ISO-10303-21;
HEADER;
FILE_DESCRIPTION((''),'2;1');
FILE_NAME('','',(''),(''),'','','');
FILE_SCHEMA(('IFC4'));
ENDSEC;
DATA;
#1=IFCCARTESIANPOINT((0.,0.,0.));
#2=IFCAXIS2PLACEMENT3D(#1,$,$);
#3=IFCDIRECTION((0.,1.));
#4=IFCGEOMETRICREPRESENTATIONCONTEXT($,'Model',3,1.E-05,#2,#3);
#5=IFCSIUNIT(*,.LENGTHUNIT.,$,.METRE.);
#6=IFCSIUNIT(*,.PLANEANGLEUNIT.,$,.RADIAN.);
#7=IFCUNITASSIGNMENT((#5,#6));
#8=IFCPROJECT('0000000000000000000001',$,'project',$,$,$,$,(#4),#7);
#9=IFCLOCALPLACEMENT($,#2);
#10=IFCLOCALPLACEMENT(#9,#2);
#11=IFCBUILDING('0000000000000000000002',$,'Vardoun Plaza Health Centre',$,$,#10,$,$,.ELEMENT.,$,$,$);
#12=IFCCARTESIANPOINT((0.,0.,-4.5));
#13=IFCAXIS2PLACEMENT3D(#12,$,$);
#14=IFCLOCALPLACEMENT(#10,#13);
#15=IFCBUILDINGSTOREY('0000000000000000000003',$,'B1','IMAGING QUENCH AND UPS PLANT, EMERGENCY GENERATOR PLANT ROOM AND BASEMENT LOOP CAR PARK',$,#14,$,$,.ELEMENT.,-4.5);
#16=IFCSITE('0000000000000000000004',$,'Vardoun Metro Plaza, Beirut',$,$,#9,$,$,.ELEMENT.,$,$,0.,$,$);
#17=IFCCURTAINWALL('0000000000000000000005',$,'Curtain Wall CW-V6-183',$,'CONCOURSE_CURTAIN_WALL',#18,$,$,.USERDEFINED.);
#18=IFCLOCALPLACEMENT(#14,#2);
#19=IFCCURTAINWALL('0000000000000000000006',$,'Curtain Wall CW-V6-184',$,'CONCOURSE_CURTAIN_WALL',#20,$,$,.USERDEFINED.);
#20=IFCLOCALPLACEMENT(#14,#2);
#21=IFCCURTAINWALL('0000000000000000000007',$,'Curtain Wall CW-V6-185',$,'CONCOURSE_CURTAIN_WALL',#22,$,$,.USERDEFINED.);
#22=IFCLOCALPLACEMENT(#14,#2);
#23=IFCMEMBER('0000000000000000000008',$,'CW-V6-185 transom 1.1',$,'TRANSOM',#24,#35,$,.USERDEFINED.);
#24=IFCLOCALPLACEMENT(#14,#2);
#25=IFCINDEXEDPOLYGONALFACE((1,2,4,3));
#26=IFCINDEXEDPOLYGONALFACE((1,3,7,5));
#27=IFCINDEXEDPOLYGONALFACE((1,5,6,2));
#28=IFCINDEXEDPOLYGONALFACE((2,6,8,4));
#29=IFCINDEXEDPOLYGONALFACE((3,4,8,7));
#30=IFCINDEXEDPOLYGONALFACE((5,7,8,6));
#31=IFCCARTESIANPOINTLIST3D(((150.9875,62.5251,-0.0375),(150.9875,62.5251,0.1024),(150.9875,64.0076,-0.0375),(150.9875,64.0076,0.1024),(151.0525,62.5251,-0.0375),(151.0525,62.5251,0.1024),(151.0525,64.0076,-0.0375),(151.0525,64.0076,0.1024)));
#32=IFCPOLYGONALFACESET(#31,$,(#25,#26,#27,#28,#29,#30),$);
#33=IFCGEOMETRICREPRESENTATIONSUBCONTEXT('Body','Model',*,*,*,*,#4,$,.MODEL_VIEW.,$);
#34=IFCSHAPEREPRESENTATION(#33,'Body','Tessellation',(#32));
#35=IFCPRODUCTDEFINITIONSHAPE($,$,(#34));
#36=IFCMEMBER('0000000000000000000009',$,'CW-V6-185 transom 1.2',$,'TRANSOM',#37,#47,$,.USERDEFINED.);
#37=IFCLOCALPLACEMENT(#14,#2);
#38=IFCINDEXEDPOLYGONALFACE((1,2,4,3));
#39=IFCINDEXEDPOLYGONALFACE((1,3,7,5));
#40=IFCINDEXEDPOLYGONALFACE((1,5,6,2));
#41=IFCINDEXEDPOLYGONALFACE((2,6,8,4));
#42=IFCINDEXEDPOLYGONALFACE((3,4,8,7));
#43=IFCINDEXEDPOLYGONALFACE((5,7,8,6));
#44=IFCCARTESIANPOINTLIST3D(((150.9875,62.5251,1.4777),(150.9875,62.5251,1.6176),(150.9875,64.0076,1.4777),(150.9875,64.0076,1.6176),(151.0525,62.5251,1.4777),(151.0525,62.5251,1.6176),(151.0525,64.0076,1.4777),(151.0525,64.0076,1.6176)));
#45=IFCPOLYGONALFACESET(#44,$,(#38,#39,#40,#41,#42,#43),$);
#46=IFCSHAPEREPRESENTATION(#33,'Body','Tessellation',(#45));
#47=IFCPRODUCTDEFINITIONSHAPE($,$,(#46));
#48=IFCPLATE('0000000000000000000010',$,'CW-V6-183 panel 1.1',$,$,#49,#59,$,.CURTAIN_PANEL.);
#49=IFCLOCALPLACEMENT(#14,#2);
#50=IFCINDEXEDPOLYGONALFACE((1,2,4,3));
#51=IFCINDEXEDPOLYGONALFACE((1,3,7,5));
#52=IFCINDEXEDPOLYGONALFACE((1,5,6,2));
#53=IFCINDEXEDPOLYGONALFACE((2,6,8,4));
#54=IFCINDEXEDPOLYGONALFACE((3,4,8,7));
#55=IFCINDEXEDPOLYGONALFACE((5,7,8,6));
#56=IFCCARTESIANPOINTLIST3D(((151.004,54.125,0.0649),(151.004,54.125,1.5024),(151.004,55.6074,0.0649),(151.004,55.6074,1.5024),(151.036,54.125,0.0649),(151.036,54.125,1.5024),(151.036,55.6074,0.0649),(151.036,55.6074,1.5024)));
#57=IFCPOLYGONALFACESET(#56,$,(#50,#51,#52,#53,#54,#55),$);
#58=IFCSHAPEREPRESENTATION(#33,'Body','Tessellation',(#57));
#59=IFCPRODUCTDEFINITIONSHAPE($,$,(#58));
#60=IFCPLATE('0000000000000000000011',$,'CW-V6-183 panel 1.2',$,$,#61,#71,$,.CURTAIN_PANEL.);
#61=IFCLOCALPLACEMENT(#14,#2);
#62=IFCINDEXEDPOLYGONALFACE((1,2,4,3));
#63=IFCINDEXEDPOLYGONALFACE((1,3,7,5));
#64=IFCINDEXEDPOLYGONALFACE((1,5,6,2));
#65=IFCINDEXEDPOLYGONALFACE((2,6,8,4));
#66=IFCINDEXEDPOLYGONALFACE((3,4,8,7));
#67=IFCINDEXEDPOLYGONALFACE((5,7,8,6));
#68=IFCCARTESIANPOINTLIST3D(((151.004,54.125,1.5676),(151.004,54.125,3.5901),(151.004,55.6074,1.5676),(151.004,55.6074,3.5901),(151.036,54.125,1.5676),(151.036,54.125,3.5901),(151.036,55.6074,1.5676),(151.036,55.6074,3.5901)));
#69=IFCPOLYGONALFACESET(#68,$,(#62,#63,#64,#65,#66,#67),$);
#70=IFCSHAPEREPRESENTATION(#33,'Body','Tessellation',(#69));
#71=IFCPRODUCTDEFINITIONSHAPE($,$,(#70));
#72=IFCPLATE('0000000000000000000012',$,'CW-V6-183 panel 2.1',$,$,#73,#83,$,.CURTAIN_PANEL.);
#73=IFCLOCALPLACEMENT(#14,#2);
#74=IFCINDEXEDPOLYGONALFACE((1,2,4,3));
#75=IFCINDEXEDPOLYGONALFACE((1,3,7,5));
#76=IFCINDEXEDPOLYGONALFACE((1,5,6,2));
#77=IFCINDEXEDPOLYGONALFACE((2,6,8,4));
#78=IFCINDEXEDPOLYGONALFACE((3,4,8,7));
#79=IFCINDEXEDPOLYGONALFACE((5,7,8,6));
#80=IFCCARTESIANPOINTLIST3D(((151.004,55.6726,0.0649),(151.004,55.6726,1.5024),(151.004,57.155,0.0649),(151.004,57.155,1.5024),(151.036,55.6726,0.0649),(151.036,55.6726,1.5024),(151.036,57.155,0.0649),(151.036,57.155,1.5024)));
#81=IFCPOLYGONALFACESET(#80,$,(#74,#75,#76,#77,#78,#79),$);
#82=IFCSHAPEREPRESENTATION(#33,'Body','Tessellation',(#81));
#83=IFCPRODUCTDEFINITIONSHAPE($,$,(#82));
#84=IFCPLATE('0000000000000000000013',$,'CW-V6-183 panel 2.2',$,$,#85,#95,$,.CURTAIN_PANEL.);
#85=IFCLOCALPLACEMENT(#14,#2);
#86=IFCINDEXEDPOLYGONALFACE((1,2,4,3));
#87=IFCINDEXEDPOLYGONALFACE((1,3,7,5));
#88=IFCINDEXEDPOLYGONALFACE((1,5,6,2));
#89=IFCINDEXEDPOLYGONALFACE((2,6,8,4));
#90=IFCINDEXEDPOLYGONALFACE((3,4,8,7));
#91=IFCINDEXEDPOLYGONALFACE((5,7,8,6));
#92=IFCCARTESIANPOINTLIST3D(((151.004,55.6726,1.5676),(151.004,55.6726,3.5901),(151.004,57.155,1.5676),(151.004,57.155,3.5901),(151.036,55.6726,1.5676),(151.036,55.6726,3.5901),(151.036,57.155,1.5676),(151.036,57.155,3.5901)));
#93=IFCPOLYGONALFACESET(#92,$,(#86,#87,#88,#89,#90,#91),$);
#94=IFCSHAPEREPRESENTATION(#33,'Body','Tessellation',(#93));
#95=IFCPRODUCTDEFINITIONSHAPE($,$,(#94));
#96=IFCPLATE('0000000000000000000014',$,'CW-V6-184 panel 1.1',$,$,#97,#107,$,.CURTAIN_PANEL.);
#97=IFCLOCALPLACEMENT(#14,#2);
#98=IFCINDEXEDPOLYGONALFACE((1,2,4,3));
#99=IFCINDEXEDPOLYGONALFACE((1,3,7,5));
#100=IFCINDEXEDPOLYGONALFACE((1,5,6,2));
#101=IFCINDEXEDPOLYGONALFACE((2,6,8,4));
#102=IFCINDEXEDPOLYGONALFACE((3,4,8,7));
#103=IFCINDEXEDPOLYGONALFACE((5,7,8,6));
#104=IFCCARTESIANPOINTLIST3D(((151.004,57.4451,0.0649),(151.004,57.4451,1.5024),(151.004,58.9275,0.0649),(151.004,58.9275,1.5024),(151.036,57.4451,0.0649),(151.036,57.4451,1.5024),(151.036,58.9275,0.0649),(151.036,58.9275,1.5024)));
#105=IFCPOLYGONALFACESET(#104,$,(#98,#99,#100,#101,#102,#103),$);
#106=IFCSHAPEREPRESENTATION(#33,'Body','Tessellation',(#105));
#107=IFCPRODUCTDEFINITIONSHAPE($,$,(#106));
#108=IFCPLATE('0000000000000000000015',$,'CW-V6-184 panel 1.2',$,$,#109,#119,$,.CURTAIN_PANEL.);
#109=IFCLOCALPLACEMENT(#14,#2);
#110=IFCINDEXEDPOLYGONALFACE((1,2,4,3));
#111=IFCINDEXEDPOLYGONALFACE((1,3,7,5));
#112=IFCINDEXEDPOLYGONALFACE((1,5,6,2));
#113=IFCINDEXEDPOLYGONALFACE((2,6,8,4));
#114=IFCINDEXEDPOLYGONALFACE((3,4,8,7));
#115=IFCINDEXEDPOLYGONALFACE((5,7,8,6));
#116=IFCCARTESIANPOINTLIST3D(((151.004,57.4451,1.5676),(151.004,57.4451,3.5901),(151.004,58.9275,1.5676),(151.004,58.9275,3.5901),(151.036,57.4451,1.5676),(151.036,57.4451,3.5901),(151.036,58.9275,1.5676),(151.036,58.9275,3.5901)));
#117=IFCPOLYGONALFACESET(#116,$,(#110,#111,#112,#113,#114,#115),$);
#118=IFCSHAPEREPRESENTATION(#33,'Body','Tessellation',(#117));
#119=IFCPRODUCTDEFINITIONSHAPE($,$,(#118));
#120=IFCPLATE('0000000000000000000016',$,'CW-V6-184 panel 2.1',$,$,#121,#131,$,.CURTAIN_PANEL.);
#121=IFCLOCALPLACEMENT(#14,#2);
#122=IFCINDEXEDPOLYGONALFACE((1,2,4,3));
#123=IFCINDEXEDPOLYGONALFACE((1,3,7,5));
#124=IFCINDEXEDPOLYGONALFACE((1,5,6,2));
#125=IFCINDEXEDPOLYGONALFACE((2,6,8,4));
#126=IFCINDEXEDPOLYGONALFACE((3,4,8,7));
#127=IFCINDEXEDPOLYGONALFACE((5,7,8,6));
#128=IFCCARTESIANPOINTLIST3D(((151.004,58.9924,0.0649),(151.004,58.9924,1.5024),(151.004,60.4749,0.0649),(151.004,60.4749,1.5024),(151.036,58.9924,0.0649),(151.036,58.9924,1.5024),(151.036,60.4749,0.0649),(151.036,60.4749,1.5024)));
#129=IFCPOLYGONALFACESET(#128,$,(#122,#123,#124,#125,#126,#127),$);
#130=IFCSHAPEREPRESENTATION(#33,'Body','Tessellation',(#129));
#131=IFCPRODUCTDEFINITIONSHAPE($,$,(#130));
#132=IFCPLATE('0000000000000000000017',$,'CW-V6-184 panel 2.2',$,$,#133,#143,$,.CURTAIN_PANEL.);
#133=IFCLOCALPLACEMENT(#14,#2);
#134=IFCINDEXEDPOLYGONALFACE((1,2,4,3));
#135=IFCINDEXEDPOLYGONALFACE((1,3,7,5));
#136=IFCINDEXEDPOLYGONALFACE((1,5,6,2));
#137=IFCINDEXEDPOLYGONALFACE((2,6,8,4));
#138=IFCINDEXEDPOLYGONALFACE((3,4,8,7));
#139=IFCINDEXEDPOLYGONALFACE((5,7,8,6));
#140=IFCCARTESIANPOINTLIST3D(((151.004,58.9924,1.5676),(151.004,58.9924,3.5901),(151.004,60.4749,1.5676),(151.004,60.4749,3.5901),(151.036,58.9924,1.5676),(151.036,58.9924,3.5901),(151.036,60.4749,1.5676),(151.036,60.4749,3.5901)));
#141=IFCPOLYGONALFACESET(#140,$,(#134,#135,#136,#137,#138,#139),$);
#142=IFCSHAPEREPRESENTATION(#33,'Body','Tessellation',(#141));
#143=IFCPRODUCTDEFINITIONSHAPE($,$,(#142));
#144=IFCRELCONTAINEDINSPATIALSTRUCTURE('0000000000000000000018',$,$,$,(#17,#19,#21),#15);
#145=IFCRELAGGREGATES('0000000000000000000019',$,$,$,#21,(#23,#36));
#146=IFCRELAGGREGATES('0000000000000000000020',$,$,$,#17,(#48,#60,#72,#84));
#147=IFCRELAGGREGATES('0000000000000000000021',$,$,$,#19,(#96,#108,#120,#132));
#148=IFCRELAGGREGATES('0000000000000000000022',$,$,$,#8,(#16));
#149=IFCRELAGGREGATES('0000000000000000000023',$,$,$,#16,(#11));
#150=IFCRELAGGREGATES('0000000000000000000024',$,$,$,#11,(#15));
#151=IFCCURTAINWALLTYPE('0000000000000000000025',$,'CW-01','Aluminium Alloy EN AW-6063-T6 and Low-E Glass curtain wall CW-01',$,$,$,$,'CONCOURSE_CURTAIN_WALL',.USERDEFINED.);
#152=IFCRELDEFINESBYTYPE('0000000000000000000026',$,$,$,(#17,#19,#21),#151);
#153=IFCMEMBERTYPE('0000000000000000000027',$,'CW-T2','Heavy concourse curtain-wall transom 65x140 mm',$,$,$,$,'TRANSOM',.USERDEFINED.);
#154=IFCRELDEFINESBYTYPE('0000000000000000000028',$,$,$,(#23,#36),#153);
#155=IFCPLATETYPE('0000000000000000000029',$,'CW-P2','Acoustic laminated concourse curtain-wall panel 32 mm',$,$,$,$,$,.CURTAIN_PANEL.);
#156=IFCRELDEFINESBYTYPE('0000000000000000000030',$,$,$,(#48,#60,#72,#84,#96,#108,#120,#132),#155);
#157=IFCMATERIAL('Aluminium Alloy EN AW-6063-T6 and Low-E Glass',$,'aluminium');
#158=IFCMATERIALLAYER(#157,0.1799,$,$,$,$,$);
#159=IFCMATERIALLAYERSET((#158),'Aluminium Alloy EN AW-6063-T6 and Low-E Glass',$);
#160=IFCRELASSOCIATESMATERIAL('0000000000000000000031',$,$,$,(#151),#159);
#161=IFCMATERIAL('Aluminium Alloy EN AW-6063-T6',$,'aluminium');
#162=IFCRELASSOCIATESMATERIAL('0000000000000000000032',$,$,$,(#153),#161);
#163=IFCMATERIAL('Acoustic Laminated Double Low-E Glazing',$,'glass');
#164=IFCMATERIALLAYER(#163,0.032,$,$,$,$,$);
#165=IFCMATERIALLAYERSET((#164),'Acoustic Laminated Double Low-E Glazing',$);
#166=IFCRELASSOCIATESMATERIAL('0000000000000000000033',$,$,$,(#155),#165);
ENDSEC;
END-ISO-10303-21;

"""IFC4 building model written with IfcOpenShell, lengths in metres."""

from ifc_helpers import new_model, si_unit, direction, frame, origin, origin_2d, place, context, subcontext, project, spatial, rectangle, extrude, material, layer, layer_set, material_profile, profile_set, type_object, element, aggregate, save


model = new_model("IFC4")

# Units and contexts
model_context = context("Model", 3, precision=1e-05, world=origin(), true_north=direction((0.0, 1.0)))
body_context = subcontext(model_context, "Body", "Model", "MODEL_VIEW")
ifc_project = project(units=[si_unit("LENGTHUNIT", "METRE"), si_unit("PLANEANGLEUNIT", "RADIAN")], contexts=[model_context])

# Site, building, storey
site_placement = place(None, origin())
site = spatial("IfcSite", under=ifc_project, at=site_placement, Name="Vardoun Metro Plaza, Beirut", CompositionType="ELEMENT", RefElevation=0.0)
building_placement = place(site_placement, origin())
building = spatial("IfcBuilding", under=site, at=building_placement, Name="Vardoun Plaza Health Centre", CompositionType="ELEMENT")
storey_placement = place(building_placement, frame((0.0, 0.0, -4.5)))
storey = spatial("IfcBuildingStorey", under=building, at=storey_placement, Name="B1", Description="IMAGING QUENCH AND UPS PLANT, EMERGENCY GENERATOR PLANT ROOM AND BASEMENT LOOP CAR PARK", CompositionType="ELEMENT", Elevation=-4.5)

# Curtain walls
ifc_material_1 = material(Name="Aluminium Alloy EN AW-6063-T6 and Low-E Glass", Category="aluminium")
ifc_layer_1 = layer(ifc_material_1, 0.1799)
ifc_layer_set_1 = layer_set([ifc_layer_1], Name="Aluminium Alloy EN AW-6063-T6 and Low-E Glass")
curtain_wall_type = type_object("IfcCurtainWallType", Name="CW-01", Description="Aluminium Alloy EN AW-6063-T6 and Low-E Glass curtain wall CW-01", ElementType="CONCOURSE_CURTAIN_WALL", PredefinedType="USERDEFINED", material=ifc_layer_set_1)
curtain_wall_1_placement = place(storey_placement, origin())
curtain_wall_1 = element("IfcCurtainWall", 1, at=curtain_wall_1_placement, inside=storey, type_object=curtain_wall_type, Name="Curtain Wall CW-V6-183", ObjectType="CONCOURSE_CURTAIN_WALL", PredefinedType="USERDEFINED")
curtain_wall_2_placement = place(storey_placement, origin())
curtain_wall_2 = element("IfcCurtainWall", 2, at=curtain_wall_2_placement, inside=storey, type_object=curtain_wall_type, Name="Curtain Wall CW-V6-184", ObjectType="CONCOURSE_CURTAIN_WALL", PredefinedType="USERDEFINED")

# Curtain wall
curtain_wall_3_placement = place(storey_placement, origin())
curtain_wall_3 = element("IfcCurtainWall", 3, at=curtain_wall_3_placement, inside=storey, type_object=curtain_wall_type, Name="Curtain Wall CW-V6-185", ObjectType="CONCOURSE_CURTAIN_WALL", PredefinedType="USERDEFINED")

# Members
ifc_material_2 = material(Name="Aluminium Alloy EN AW-6063-T6", Category="aluminium")
ifc_material_profile_1 = material_profile(ifc_material_2, rectangle(XDim=0.0649, YDim=0.1399, at=origin_2d()), Name="CWT 65x140")
ifc_profile_set_1 = profile_set([ifc_material_profile_1], Name="Aluminium Alloy EN AW-6063-T6")
member_type_1 = type_object("IfcMemberType", Name="CW-T2", Description="Heavy concourse curtain-wall transom 65x140 mm", ElementType="TRANSOM", PredefinedType="USERDEFINED", material=ifc_profile_set_1)
member_1_placement = place(storey_placement, frame((151.02, 62.5251, 0.0325), z_axis=(0.0, 1.0, 0.0), x_axis=(-1.0, 0.0, 0.0)))
member_1 = element("IfcMember", 4, at=member_1_placement, type_object=member_type_1, Name="CW-V6-185 transom 1.1", ObjectType="TRANSOM", PredefinedType="USERDEFINED", context=body_context, shape_type="SweptSolid", body=[
    extrude(rectangle(XDim=0.0649, YDim=0.1399, at=origin_2d()), origin(), (0.0, 0.0, 1.0), 1.4824),
])
member_2_placement = place(storey_placement, frame((151.02, 62.5251, 1.5476), z_axis=(0.0, 1.0, 0.0), x_axis=(-1.0, 0.0, 0.0)))
member_2 = element("IfcMember", 5, at=member_2_placement, type_object=member_type_1, Name="CW-V6-185 transom 1.2", ObjectType="TRANSOM", PredefinedType="USERDEFINED", context=body_context, shape_type="SweptSolid", body=[
    extrude(rectangle(XDim=0.0649, YDim=0.1399, at=origin_2d()), origin(), (0.0, 0.0, 1.0), 1.4824),
])
aggregate(curtain_wall_3, [member_1, member_2])

# Plates
ifc_material_3 = material(Name="Acoustic Laminated Double Low-E Glazing", Category="glass")
ifc_layer_2 = layer(ifc_material_3, 0.032)
ifc_layer_set_2 = layer_set([ifc_layer_2], Name="Acoustic Laminated Double Low-E Glazing")
plate_type = type_object("IfcPlateType", Name="CW-P2", Description="Acoustic laminated concourse curtain-wall panel 32 mm", PredefinedType="CURTAIN_PANEL", material=ifc_layer_set_2)
plate_1_placement = place(storey_placement, frame((151.02, 54.8662, 0.0649), z_axis=(0.0, 0.0, 1.0), x_axis=(0.0, 1.0, 0.0)))
plate_1 = element("IfcPlate", 6, at=plate_1_placement, type_object=plate_type, Name="CW-V6-183 panel 1.1", PredefinedType="CURTAIN_PANEL", context=body_context, shape_type="SweptSolid", body=[
    extrude(rectangle(XDim=1.4824, YDim=0.032, at=origin_2d()), origin(), (0.0, 0.0, 1.0), 1.4375),
])
plate_2_placement = place(storey_placement, frame((151.02, 54.8662, 1.5676), z_axis=(0.0, 0.0, 1.0), x_axis=(0.0, 1.0, 0.0)))
plate_2 = element("IfcPlate", 7, at=plate_2_placement, type_object=plate_type, Name="CW-V6-183 panel 1.2", PredefinedType="CURTAIN_PANEL", context=body_context, shape_type="SweptSolid", body=[
    extrude(rectangle(XDim=1.4824, YDim=0.032, at=origin_2d()), origin(), (0.0, 0.0, 1.0), 2.0225),
])
plate_3_placement = place(storey_placement, frame((151.02, 56.4138, 0.0649), z_axis=(0.0, 0.0, 1.0), x_axis=(0.0, 1.0, 0.0)))
plate_3 = element("IfcPlate", 8, at=plate_3_placement, type_object=plate_type, Name="CW-V6-183 panel 2.1", PredefinedType="CURTAIN_PANEL", context=body_context, shape_type="SweptSolid", body=[
    extrude(rectangle(XDim=1.4824, YDim=0.032, at=origin_2d()), origin(), (0.0, 0.0, 1.0), 1.4375),
])
plate_4_placement = place(storey_placement, frame((151.02, 56.4138, 1.5676), z_axis=(0.0, 0.0, 1.0), x_axis=(0.0, 1.0, 0.0)))
plate_4 = element("IfcPlate", 9, at=plate_4_placement, type_object=plate_type, Name="CW-V6-183 panel 2.2", PredefinedType="CURTAIN_PANEL", context=body_context, shape_type="SweptSolid", body=[
    extrude(rectangle(XDim=1.4824, YDim=0.032, at=origin_2d()), origin(), (0.0, 0.0, 1.0), 2.0225),
])
aggregate(curtain_wall_1, [plate_1, plate_2, plate_3, plate_4])
plate_5_placement = place(storey_placement, frame((151.02, 58.1863, 0.0649), z_axis=(0.0, 0.0, 1.0), x_axis=(0.0, 1.0, 0.0)))
plate_5 = element("IfcPlate", 10, at=plate_5_placement, type_object=plate_type, Name="CW-V6-184 panel 1.1", PredefinedType="CURTAIN_PANEL", context=body_context, shape_type="SweptSolid", body=[
    extrude(rectangle(XDim=1.4824, YDim=0.032, at=origin_2d()), origin(), (0.0, 0.0, 1.0), 1.4375),
])
plate_6_placement = place(storey_placement, frame((151.02, 58.1863, 1.5676), z_axis=(0.0, 0.0, 1.0), x_axis=(0.0, 1.0, 0.0)))
plate_6 = element("IfcPlate", 11, at=plate_6_placement, type_object=plate_type, Name="CW-V6-184 panel 1.2", PredefinedType="CURTAIN_PANEL", context=body_context, shape_type="SweptSolid", body=[
    extrude(rectangle(XDim=1.4824, YDim=0.032, at=origin_2d()), origin(), (0.0, 0.0, 1.0), 2.0225),
])
plate_7_placement = place(storey_placement, frame((151.02, 59.7336, 0.0649), z_axis=(0.0, 0.0, 1.0), x_axis=(0.0, 1.0, 0.0)))
plate_7 = element("IfcPlate", 12, at=plate_7_placement, type_object=plate_type, Name="CW-V6-184 panel 2.1", PredefinedType="CURTAIN_PANEL", context=body_context, shape_type="SweptSolid", body=[
    extrude(rectangle(XDim=1.4824, YDim=0.032, at=origin_2d()), origin(), (0.0, 0.0, 1.0), 1.4375),
])
plate_8_placement = place(storey_placement, frame((151.02, 59.7336, 1.5676), z_axis=(0.0, 0.0, 1.0), x_axis=(0.0, 1.0, 0.0)))
plate_8 = element("IfcPlate", 13, at=plate_8_placement, type_object=plate_type, Name="CW-V6-184 panel 2.2", PredefinedType="CURTAIN_PANEL", context=body_context, shape_type="SweptSolid", body=[
    extrude(rectangle(XDim=1.4824, YDim=0.032, at=origin_2d()), origin(), (0.0, 0.0, 1.0), 2.0225),
])
aggregate(curtain_wall_2, [plate_5, plate_6, plate_7, plate_8])

save(model, "model.ifc")
